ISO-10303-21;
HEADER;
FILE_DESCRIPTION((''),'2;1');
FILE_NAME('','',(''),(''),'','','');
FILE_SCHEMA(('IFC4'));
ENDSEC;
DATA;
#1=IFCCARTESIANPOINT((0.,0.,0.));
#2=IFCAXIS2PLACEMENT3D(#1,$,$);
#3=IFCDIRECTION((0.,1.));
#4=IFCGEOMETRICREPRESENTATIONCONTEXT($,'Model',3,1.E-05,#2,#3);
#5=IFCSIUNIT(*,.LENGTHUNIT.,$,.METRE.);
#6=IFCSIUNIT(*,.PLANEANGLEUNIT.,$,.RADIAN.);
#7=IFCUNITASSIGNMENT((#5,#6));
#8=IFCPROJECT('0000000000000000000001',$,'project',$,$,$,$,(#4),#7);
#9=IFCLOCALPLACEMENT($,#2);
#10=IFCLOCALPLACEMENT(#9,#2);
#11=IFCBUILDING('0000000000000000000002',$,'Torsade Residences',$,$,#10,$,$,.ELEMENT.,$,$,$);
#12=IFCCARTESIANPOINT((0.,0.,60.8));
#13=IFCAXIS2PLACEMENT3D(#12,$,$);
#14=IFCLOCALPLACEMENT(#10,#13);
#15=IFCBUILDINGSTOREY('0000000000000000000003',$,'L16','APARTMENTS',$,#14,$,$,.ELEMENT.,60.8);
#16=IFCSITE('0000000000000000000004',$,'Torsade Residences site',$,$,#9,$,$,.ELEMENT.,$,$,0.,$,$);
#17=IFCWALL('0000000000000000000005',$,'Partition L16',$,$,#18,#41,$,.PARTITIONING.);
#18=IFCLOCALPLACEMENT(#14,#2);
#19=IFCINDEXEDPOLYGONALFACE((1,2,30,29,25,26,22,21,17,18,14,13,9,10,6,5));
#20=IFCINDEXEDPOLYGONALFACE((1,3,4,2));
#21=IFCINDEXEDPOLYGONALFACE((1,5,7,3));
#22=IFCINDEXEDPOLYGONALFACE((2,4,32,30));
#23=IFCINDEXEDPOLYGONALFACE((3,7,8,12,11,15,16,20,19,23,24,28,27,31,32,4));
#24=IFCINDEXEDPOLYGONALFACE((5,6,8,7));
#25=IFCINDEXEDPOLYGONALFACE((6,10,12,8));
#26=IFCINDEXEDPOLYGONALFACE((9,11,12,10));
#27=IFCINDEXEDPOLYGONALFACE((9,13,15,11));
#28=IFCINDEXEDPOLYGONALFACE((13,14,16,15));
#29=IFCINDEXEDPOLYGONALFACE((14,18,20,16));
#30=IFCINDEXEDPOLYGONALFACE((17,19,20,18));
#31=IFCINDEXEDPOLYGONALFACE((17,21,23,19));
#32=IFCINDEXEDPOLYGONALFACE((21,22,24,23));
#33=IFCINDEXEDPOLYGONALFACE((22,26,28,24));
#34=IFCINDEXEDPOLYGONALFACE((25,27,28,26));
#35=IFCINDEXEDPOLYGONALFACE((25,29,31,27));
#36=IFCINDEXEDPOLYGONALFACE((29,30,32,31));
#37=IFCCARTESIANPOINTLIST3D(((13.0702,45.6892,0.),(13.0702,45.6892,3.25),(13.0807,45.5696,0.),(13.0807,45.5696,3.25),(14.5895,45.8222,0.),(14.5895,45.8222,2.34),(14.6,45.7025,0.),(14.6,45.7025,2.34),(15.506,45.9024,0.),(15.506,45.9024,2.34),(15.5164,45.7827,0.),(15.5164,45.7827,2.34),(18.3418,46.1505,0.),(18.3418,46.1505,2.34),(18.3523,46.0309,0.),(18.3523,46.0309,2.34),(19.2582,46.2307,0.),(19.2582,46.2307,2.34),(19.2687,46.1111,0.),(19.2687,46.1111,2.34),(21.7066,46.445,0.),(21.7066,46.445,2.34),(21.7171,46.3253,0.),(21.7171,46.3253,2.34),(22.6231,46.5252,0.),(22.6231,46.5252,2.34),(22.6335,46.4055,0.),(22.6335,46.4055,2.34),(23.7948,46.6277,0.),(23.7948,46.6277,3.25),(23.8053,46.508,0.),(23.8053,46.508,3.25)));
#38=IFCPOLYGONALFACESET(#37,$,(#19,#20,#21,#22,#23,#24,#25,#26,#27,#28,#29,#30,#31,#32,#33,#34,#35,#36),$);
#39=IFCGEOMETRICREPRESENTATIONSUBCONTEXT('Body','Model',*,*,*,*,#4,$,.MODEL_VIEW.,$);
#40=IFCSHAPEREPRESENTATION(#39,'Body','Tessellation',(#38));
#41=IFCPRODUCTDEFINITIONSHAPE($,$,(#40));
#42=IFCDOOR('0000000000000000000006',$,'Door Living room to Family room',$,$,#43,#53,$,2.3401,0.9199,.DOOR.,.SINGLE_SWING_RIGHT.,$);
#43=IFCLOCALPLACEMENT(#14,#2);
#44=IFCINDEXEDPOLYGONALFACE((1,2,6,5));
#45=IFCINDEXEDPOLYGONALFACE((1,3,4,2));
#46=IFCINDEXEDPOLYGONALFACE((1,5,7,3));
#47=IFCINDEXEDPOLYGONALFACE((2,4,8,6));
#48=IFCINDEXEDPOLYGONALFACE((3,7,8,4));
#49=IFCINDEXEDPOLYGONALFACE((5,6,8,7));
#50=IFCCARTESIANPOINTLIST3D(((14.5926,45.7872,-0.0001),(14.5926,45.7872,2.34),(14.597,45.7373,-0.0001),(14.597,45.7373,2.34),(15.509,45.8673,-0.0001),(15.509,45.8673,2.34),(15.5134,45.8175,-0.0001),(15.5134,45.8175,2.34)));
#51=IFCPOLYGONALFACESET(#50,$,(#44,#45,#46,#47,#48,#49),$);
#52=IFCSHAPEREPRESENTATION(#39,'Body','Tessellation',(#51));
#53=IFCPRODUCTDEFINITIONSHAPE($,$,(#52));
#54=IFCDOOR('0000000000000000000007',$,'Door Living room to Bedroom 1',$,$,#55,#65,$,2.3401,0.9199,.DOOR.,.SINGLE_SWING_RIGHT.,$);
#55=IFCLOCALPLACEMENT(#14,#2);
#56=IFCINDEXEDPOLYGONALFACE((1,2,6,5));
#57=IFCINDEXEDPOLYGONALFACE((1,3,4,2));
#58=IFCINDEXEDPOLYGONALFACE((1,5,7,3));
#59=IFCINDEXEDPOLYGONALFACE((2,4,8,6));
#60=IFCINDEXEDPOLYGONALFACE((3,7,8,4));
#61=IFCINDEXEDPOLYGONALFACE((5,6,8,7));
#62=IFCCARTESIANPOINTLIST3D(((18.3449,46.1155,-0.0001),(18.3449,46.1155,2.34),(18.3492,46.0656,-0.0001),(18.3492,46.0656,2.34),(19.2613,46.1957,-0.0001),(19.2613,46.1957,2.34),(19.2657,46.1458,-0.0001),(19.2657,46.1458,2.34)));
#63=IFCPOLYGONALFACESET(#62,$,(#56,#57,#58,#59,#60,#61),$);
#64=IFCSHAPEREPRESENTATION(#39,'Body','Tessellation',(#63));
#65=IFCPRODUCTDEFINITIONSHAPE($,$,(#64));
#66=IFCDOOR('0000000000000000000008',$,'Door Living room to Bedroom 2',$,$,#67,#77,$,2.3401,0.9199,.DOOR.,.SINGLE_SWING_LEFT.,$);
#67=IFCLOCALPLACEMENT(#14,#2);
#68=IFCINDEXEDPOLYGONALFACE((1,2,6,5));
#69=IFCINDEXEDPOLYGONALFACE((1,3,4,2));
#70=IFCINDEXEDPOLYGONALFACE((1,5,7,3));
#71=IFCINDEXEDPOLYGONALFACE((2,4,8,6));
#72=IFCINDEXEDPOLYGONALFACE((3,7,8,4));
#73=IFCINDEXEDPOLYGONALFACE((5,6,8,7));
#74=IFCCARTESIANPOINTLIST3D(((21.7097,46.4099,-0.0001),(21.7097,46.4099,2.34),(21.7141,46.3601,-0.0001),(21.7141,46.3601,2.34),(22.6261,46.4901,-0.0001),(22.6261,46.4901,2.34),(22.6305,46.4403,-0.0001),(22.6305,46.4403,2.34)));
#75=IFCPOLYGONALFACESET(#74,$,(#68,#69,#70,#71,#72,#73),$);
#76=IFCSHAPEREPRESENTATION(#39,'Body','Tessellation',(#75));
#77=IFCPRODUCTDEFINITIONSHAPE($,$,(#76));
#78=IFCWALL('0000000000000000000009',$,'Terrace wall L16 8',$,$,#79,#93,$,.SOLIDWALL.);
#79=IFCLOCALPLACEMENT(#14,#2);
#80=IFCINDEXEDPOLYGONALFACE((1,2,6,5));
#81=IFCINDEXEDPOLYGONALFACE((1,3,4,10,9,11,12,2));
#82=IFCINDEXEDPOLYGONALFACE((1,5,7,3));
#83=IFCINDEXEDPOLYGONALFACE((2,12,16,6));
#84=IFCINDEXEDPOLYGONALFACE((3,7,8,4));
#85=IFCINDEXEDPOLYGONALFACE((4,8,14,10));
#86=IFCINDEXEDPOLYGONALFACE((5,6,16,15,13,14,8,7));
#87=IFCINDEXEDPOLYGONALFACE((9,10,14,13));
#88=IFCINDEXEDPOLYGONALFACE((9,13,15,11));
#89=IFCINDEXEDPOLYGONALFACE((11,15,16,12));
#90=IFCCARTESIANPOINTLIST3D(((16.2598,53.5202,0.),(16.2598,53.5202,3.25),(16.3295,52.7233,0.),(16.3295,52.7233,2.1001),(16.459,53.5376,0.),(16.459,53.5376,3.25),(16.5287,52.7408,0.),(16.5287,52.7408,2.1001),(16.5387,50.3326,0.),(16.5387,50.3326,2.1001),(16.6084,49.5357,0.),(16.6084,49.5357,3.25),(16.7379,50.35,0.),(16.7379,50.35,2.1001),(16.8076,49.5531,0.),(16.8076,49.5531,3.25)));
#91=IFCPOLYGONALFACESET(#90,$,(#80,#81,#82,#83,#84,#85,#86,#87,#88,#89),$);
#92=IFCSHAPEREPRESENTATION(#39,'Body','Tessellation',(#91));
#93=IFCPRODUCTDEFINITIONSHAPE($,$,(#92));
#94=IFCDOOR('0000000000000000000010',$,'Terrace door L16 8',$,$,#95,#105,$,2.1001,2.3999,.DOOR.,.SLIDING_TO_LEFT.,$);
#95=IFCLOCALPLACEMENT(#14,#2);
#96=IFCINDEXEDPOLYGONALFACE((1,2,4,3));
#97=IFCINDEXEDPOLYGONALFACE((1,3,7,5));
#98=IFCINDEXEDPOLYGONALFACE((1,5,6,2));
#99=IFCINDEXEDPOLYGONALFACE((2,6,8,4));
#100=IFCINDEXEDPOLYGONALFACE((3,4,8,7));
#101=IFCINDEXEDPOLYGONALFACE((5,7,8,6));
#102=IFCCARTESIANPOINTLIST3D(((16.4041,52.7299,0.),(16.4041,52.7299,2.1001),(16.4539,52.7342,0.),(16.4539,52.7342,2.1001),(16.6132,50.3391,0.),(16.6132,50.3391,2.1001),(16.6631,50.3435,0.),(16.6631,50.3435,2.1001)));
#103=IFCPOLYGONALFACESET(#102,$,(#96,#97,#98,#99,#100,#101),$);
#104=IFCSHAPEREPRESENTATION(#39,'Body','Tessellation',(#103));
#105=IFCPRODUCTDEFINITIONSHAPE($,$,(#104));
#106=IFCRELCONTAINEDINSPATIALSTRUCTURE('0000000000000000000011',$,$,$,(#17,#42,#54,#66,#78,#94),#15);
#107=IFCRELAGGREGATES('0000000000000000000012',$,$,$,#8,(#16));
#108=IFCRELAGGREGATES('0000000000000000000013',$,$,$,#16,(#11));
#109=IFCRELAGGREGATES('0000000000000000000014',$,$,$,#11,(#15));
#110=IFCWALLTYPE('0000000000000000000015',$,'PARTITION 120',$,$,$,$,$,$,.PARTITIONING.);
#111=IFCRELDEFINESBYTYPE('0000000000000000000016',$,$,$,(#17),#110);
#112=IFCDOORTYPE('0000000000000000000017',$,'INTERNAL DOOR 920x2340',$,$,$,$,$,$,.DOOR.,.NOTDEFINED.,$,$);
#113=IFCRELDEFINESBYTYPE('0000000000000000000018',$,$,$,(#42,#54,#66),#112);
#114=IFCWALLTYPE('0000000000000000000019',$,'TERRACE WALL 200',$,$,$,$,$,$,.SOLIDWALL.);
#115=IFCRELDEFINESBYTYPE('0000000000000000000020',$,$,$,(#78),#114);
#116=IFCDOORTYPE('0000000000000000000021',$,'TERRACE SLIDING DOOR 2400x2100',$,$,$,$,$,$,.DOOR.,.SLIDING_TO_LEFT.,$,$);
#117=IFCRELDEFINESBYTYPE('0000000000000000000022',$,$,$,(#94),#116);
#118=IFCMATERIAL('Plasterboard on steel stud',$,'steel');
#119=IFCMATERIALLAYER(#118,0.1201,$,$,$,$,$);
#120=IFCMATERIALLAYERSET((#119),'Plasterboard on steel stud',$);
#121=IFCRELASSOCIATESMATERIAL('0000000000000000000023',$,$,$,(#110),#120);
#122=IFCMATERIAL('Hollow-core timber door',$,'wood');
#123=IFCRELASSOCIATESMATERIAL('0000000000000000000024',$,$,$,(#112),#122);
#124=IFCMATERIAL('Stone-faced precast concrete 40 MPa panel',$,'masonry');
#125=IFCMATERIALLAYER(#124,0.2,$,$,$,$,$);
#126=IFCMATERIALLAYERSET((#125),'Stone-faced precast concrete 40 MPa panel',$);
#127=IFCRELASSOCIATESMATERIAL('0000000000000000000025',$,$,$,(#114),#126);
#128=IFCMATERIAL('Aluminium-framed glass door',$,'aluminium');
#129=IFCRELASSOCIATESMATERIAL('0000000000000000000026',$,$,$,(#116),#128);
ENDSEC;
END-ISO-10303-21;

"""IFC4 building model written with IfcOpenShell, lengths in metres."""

from ifc_helpers import new_model, si_unit, direction, frame, frame_2d, origin, place, context, subcontext, project, spatial, rectangle, extrude, material, layer, layer_set, type_object, element, fill, save


model = new_model("IFC4")

# Units and contexts
model_context = context("Model", 3, precision=1e-05, world=origin(), true_north=direction((0.0, 1.0)))
body_context = subcontext(model_context, "Body", "Model", "MODEL_VIEW")
ifc_project = project(units=[si_unit("LENGTHUNIT", "METRE"), si_unit("PLANEANGLEUNIT", "RADIAN")], contexts=[model_context])

# Site, building, storey
site_placement = place(None, origin())
site = spatial("IfcSite", under=ifc_project, at=site_placement, Name="Torsade Residences site", CompositionType="ELEMENT", RefElevation=0.0)
building_placement = place(site_placement, origin())
building = spatial("IfcBuilding", under=site, at=building_placement, Name="Torsade Residences", CompositionType="ELEMENT")
storey_placement = place(building_placement, frame((0.0, 0.0, 60.8)))
storey = spatial("IfcBuildingStorey", under=building, at=storey_placement, Name="L16", Description="APARTMENTS", CompositionType="ELEMENT", Elevation=60.8)

# Wall, openings, doors
ifc_material_1 = material(Name="Plasterboard on steel stud", Category="steel")
ifc_layer_1 = layer(ifc_material_1, 0.1201)
ifc_layer_set_1 = layer_set([ifc_layer_1], Name="Plasterboard on steel stud")
wall_type_1 = type_object("IfcWallType", Name="PARTITION 120", PredefinedType="PARTITIONING", material=ifc_layer_set_1)
wall_1_placement = place(storey_placement, frame((13.0754, 45.6294, 0.0), z_axis=(0.0, 0.0, 1.0), x_axis=(0.996193, 0.087174, 0.0)))
wall_1 = element("IfcWall", 1, at=wall_1_placement, inside=storey, type_object=wall_type_1, Name="Partition L16", PredefinedType="PARTITIONING", context=body_context, shape_type="SweptSolid", body=[
    extrude(rectangle(XDim=10.7656, YDim=0.1201, at=frame_2d((5.3828, 0.0))), origin(), (0.0, 0.0, 1.0), 3.25),
])
opening_1_placement = place(wall_1_placement, frame((1.5251, 0.0, 0.0)))
opening_1 = element("IfcOpeningElement", 2, at=opening_1_placement, cuts=wall_1, PredefinedType="OPENING", context=body_context, shape_type="SweptSolid", body=[
    extrude(rectangle(XDim=0.9199, YDim=2.3401, at=frame_2d((0.46, 1.1699))), frame((0.0, 0.0701, 0.0), z_axis=(0.0, -1.0, 0.0), x_axis=(1.0, 0.0, 0.0)), (0.0, 0.0, 1.0), 0.1401),
])
opening_2_placement = place(wall_1_placement, frame((5.2917, 0.0, 0.0)))
opening_2 = element("IfcOpeningElement", 3, at=opening_2_placement, cuts=wall_1, PredefinedType="OPENING", context=body_context, shape_type="SweptSolid", body=[
    extrude(rectangle(XDim=0.9199, YDim=2.3401, at=frame_2d((0.46, 1.1699))), frame((0.0, 0.0701, 0.0), z_axis=(0.0, -1.0, 0.0), x_axis=(1.0, 0.0, 0.0)), (0.0, 0.0, 1.0), 0.1401),
])
opening_3_placement = place(wall_1_placement, frame((8.6694, 0.0, 0.0)))
opening_3 = element("IfcOpeningElement", 4, at=opening_3_placement, cuts=wall_1, PredefinedType="OPENING", context=body_context, shape_type="SweptSolid", body=[
    extrude(rectangle(XDim=0.9199, YDim=2.3401, at=frame_2d((0.46, 1.1699))), frame((0.0, 0.0701, 0.0), z_axis=(0.0, -1.0, 0.0), x_axis=(1.0, 0.0, 0.0)), (0.0, 0.0, 1.0), 0.1401),
])
ifc_material_2 = material(Name="Hollow-core timber door", Category="wood")
door_type_1 = type_object("IfcDoorType", Name="INTERNAL DOOR 920x2340", OperationType="NOTDEFINED", PredefinedType="DOOR", material=ifc_material_2)
door_1_placement = place(opening_1_placement, origin())
door_1 = element("IfcDoor", 5, at=door_1_placement, inside=storey, type_object=door_type_1, Name="Door Living room to Family room", OperationType="SINGLE_SWING_RIGHT", OverallHeight=2.3401, OverallWidth=0.9199, PredefinedType="DOOR", context=body_context, shape_type="SweptSolid", body=[
    extrude(rectangle(XDim=0.9199, YDim=2.3401, at=frame_2d((0.46, 1.1699))), frame((0.0, 0.0249, 0.0), z_axis=(0.0, -1.0, 0.0), x_axis=(1.0, 0.0, 0.0)), (0.0, 0.0, 1.0), 0.05),
])
fill(opening_1, door_1)
door_2_placement = place(opening_2_placement, origin())
door_2 = element("IfcDoor", 6, at=door_2_placement, inside=storey, type_object=door_type_1, Name="Door Living room to Bedroom 1", OperationType="SINGLE_SWING_RIGHT", OverallHeight=2.3401, OverallWidth=0.9199, PredefinedType="DOOR", context=body_context, shape_type="SweptSolid", body=[
    extrude(rectangle(XDim=0.9199, YDim=2.3401, at=frame_2d((0.46, 1.1699))), frame((0.0, 0.0249, 0.0), z_axis=(0.0, -1.0, 0.0), x_axis=(1.0, 0.0, 0.0)), (0.0, 0.0, 1.0), 0.05),
])
fill(opening_2, door_2)
door_3_placement = place(opening_3_placement, origin())
door_3 = element("IfcDoor", 7, at=door_3_placement, inside=storey, type_object=door_type_1, Name="Door Living room to Bedroom 2", OperationType="SINGLE_SWING_LEFT", OverallHeight=2.3401, OverallWidth=0.9199, PredefinedType="DOOR", context=body_context, shape_type="SweptSolid", body=[
    extrude(rectangle(XDim=0.9199, YDim=2.3401, at=frame_2d((0.46, 1.1699))), frame((0.0, 0.0249, 0.0), z_axis=(0.0, -1.0, 0.0), x_axis=(1.0, 0.0, 0.0)), (0.0, 0.0, 1.0), 0.05),
])
fill(opening_3, door_3)

# Wall, opening, door
ifc_material_3 = material(Name="Stone-faced precast concrete 40 MPa panel", Category="masonry")
ifc_layer_2 = layer(ifc_material_3, 0.2)
ifc_layer_set_2 = layer_set([ifc_layer_2], Name="Stone-faced precast concrete 40 MPa panel")
wall_type_2 = type_object("IfcWallType", Name="TERRACE WALL 200", PredefinedType="SOLIDWALL", material=ifc_layer_set_2)
wall_2_placement = place(storey_placement, frame((16.3594, 53.5291, 0.0), z_axis=(0.0, 0.0, 1.0), x_axis=(0.087162, -0.996194, 0.0)))
wall_2 = element("IfcWall", 8, at=wall_2_placement, inside=storey, type_object=wall_type_2, Name="Terrace wall L16 8", PredefinedType="SOLIDWALL", context=body_context, shape_type="SweptSolid", body=[
    extrude(rectangle(XDim=3.9998, YDim=0.2, at=frame_2d((2.0, 0.0))), origin(), (0.0, 0.0, 1.0), 3.25),
])
opening_4_placement = place(wall_2_placement, frame((0.8, 0.0, 0.0)))
opening_4 = element("IfcOpeningElement", 9, at=opening_4_placement, cuts=wall_2, PredefinedType="OPENING", context=body_context, shape_type="SweptSolid", body=[
    extrude(rectangle(XDim=2.3999, YDim=2.1001, at=frame_2d((1.2, 1.05))), frame((0.0, 0.1099, 0.0), z_axis=(0.0, -1.0, 0.0), x_axis=(1.0, 0.0, 0.0)), (0.0, 0.0, 1.0), 0.22),
])
ifc_material_4 = material(Name="Aluminium-framed glass door", Category="aluminium")
door_type_2 = type_object("IfcDoorType", Name="TERRACE SLIDING DOOR 2400x2100", OperationType="SLIDING_TO_LEFT", PredefinedType="DOOR", material=ifc_material_4)
door_4_placement = place(opening_4_placement, origin())
door_4 = element("IfcDoor", 10, at=door_4_placement, inside=storey, type_object=door_type_2, Name="Terrace door L16 8", OperationType="SLIDING_TO_LEFT", OverallHeight=2.1001, OverallWidth=2.3999, PredefinedType="DOOR", context=body_context, shape_type="SweptSolid", body=[
    extrude(rectangle(XDim=2.3999, YDim=2.1001, at=frame_2d((1.2, 1.05))), frame((0.0, 0.0249, 0.0), z_axis=(0.0, -1.0, 0.0), x_axis=(1.0, 0.0, 0.0)), (0.0, 0.0, 1.0), 0.05),
])
fill(opening_4, door_4)

save(model, "model.ifc")
